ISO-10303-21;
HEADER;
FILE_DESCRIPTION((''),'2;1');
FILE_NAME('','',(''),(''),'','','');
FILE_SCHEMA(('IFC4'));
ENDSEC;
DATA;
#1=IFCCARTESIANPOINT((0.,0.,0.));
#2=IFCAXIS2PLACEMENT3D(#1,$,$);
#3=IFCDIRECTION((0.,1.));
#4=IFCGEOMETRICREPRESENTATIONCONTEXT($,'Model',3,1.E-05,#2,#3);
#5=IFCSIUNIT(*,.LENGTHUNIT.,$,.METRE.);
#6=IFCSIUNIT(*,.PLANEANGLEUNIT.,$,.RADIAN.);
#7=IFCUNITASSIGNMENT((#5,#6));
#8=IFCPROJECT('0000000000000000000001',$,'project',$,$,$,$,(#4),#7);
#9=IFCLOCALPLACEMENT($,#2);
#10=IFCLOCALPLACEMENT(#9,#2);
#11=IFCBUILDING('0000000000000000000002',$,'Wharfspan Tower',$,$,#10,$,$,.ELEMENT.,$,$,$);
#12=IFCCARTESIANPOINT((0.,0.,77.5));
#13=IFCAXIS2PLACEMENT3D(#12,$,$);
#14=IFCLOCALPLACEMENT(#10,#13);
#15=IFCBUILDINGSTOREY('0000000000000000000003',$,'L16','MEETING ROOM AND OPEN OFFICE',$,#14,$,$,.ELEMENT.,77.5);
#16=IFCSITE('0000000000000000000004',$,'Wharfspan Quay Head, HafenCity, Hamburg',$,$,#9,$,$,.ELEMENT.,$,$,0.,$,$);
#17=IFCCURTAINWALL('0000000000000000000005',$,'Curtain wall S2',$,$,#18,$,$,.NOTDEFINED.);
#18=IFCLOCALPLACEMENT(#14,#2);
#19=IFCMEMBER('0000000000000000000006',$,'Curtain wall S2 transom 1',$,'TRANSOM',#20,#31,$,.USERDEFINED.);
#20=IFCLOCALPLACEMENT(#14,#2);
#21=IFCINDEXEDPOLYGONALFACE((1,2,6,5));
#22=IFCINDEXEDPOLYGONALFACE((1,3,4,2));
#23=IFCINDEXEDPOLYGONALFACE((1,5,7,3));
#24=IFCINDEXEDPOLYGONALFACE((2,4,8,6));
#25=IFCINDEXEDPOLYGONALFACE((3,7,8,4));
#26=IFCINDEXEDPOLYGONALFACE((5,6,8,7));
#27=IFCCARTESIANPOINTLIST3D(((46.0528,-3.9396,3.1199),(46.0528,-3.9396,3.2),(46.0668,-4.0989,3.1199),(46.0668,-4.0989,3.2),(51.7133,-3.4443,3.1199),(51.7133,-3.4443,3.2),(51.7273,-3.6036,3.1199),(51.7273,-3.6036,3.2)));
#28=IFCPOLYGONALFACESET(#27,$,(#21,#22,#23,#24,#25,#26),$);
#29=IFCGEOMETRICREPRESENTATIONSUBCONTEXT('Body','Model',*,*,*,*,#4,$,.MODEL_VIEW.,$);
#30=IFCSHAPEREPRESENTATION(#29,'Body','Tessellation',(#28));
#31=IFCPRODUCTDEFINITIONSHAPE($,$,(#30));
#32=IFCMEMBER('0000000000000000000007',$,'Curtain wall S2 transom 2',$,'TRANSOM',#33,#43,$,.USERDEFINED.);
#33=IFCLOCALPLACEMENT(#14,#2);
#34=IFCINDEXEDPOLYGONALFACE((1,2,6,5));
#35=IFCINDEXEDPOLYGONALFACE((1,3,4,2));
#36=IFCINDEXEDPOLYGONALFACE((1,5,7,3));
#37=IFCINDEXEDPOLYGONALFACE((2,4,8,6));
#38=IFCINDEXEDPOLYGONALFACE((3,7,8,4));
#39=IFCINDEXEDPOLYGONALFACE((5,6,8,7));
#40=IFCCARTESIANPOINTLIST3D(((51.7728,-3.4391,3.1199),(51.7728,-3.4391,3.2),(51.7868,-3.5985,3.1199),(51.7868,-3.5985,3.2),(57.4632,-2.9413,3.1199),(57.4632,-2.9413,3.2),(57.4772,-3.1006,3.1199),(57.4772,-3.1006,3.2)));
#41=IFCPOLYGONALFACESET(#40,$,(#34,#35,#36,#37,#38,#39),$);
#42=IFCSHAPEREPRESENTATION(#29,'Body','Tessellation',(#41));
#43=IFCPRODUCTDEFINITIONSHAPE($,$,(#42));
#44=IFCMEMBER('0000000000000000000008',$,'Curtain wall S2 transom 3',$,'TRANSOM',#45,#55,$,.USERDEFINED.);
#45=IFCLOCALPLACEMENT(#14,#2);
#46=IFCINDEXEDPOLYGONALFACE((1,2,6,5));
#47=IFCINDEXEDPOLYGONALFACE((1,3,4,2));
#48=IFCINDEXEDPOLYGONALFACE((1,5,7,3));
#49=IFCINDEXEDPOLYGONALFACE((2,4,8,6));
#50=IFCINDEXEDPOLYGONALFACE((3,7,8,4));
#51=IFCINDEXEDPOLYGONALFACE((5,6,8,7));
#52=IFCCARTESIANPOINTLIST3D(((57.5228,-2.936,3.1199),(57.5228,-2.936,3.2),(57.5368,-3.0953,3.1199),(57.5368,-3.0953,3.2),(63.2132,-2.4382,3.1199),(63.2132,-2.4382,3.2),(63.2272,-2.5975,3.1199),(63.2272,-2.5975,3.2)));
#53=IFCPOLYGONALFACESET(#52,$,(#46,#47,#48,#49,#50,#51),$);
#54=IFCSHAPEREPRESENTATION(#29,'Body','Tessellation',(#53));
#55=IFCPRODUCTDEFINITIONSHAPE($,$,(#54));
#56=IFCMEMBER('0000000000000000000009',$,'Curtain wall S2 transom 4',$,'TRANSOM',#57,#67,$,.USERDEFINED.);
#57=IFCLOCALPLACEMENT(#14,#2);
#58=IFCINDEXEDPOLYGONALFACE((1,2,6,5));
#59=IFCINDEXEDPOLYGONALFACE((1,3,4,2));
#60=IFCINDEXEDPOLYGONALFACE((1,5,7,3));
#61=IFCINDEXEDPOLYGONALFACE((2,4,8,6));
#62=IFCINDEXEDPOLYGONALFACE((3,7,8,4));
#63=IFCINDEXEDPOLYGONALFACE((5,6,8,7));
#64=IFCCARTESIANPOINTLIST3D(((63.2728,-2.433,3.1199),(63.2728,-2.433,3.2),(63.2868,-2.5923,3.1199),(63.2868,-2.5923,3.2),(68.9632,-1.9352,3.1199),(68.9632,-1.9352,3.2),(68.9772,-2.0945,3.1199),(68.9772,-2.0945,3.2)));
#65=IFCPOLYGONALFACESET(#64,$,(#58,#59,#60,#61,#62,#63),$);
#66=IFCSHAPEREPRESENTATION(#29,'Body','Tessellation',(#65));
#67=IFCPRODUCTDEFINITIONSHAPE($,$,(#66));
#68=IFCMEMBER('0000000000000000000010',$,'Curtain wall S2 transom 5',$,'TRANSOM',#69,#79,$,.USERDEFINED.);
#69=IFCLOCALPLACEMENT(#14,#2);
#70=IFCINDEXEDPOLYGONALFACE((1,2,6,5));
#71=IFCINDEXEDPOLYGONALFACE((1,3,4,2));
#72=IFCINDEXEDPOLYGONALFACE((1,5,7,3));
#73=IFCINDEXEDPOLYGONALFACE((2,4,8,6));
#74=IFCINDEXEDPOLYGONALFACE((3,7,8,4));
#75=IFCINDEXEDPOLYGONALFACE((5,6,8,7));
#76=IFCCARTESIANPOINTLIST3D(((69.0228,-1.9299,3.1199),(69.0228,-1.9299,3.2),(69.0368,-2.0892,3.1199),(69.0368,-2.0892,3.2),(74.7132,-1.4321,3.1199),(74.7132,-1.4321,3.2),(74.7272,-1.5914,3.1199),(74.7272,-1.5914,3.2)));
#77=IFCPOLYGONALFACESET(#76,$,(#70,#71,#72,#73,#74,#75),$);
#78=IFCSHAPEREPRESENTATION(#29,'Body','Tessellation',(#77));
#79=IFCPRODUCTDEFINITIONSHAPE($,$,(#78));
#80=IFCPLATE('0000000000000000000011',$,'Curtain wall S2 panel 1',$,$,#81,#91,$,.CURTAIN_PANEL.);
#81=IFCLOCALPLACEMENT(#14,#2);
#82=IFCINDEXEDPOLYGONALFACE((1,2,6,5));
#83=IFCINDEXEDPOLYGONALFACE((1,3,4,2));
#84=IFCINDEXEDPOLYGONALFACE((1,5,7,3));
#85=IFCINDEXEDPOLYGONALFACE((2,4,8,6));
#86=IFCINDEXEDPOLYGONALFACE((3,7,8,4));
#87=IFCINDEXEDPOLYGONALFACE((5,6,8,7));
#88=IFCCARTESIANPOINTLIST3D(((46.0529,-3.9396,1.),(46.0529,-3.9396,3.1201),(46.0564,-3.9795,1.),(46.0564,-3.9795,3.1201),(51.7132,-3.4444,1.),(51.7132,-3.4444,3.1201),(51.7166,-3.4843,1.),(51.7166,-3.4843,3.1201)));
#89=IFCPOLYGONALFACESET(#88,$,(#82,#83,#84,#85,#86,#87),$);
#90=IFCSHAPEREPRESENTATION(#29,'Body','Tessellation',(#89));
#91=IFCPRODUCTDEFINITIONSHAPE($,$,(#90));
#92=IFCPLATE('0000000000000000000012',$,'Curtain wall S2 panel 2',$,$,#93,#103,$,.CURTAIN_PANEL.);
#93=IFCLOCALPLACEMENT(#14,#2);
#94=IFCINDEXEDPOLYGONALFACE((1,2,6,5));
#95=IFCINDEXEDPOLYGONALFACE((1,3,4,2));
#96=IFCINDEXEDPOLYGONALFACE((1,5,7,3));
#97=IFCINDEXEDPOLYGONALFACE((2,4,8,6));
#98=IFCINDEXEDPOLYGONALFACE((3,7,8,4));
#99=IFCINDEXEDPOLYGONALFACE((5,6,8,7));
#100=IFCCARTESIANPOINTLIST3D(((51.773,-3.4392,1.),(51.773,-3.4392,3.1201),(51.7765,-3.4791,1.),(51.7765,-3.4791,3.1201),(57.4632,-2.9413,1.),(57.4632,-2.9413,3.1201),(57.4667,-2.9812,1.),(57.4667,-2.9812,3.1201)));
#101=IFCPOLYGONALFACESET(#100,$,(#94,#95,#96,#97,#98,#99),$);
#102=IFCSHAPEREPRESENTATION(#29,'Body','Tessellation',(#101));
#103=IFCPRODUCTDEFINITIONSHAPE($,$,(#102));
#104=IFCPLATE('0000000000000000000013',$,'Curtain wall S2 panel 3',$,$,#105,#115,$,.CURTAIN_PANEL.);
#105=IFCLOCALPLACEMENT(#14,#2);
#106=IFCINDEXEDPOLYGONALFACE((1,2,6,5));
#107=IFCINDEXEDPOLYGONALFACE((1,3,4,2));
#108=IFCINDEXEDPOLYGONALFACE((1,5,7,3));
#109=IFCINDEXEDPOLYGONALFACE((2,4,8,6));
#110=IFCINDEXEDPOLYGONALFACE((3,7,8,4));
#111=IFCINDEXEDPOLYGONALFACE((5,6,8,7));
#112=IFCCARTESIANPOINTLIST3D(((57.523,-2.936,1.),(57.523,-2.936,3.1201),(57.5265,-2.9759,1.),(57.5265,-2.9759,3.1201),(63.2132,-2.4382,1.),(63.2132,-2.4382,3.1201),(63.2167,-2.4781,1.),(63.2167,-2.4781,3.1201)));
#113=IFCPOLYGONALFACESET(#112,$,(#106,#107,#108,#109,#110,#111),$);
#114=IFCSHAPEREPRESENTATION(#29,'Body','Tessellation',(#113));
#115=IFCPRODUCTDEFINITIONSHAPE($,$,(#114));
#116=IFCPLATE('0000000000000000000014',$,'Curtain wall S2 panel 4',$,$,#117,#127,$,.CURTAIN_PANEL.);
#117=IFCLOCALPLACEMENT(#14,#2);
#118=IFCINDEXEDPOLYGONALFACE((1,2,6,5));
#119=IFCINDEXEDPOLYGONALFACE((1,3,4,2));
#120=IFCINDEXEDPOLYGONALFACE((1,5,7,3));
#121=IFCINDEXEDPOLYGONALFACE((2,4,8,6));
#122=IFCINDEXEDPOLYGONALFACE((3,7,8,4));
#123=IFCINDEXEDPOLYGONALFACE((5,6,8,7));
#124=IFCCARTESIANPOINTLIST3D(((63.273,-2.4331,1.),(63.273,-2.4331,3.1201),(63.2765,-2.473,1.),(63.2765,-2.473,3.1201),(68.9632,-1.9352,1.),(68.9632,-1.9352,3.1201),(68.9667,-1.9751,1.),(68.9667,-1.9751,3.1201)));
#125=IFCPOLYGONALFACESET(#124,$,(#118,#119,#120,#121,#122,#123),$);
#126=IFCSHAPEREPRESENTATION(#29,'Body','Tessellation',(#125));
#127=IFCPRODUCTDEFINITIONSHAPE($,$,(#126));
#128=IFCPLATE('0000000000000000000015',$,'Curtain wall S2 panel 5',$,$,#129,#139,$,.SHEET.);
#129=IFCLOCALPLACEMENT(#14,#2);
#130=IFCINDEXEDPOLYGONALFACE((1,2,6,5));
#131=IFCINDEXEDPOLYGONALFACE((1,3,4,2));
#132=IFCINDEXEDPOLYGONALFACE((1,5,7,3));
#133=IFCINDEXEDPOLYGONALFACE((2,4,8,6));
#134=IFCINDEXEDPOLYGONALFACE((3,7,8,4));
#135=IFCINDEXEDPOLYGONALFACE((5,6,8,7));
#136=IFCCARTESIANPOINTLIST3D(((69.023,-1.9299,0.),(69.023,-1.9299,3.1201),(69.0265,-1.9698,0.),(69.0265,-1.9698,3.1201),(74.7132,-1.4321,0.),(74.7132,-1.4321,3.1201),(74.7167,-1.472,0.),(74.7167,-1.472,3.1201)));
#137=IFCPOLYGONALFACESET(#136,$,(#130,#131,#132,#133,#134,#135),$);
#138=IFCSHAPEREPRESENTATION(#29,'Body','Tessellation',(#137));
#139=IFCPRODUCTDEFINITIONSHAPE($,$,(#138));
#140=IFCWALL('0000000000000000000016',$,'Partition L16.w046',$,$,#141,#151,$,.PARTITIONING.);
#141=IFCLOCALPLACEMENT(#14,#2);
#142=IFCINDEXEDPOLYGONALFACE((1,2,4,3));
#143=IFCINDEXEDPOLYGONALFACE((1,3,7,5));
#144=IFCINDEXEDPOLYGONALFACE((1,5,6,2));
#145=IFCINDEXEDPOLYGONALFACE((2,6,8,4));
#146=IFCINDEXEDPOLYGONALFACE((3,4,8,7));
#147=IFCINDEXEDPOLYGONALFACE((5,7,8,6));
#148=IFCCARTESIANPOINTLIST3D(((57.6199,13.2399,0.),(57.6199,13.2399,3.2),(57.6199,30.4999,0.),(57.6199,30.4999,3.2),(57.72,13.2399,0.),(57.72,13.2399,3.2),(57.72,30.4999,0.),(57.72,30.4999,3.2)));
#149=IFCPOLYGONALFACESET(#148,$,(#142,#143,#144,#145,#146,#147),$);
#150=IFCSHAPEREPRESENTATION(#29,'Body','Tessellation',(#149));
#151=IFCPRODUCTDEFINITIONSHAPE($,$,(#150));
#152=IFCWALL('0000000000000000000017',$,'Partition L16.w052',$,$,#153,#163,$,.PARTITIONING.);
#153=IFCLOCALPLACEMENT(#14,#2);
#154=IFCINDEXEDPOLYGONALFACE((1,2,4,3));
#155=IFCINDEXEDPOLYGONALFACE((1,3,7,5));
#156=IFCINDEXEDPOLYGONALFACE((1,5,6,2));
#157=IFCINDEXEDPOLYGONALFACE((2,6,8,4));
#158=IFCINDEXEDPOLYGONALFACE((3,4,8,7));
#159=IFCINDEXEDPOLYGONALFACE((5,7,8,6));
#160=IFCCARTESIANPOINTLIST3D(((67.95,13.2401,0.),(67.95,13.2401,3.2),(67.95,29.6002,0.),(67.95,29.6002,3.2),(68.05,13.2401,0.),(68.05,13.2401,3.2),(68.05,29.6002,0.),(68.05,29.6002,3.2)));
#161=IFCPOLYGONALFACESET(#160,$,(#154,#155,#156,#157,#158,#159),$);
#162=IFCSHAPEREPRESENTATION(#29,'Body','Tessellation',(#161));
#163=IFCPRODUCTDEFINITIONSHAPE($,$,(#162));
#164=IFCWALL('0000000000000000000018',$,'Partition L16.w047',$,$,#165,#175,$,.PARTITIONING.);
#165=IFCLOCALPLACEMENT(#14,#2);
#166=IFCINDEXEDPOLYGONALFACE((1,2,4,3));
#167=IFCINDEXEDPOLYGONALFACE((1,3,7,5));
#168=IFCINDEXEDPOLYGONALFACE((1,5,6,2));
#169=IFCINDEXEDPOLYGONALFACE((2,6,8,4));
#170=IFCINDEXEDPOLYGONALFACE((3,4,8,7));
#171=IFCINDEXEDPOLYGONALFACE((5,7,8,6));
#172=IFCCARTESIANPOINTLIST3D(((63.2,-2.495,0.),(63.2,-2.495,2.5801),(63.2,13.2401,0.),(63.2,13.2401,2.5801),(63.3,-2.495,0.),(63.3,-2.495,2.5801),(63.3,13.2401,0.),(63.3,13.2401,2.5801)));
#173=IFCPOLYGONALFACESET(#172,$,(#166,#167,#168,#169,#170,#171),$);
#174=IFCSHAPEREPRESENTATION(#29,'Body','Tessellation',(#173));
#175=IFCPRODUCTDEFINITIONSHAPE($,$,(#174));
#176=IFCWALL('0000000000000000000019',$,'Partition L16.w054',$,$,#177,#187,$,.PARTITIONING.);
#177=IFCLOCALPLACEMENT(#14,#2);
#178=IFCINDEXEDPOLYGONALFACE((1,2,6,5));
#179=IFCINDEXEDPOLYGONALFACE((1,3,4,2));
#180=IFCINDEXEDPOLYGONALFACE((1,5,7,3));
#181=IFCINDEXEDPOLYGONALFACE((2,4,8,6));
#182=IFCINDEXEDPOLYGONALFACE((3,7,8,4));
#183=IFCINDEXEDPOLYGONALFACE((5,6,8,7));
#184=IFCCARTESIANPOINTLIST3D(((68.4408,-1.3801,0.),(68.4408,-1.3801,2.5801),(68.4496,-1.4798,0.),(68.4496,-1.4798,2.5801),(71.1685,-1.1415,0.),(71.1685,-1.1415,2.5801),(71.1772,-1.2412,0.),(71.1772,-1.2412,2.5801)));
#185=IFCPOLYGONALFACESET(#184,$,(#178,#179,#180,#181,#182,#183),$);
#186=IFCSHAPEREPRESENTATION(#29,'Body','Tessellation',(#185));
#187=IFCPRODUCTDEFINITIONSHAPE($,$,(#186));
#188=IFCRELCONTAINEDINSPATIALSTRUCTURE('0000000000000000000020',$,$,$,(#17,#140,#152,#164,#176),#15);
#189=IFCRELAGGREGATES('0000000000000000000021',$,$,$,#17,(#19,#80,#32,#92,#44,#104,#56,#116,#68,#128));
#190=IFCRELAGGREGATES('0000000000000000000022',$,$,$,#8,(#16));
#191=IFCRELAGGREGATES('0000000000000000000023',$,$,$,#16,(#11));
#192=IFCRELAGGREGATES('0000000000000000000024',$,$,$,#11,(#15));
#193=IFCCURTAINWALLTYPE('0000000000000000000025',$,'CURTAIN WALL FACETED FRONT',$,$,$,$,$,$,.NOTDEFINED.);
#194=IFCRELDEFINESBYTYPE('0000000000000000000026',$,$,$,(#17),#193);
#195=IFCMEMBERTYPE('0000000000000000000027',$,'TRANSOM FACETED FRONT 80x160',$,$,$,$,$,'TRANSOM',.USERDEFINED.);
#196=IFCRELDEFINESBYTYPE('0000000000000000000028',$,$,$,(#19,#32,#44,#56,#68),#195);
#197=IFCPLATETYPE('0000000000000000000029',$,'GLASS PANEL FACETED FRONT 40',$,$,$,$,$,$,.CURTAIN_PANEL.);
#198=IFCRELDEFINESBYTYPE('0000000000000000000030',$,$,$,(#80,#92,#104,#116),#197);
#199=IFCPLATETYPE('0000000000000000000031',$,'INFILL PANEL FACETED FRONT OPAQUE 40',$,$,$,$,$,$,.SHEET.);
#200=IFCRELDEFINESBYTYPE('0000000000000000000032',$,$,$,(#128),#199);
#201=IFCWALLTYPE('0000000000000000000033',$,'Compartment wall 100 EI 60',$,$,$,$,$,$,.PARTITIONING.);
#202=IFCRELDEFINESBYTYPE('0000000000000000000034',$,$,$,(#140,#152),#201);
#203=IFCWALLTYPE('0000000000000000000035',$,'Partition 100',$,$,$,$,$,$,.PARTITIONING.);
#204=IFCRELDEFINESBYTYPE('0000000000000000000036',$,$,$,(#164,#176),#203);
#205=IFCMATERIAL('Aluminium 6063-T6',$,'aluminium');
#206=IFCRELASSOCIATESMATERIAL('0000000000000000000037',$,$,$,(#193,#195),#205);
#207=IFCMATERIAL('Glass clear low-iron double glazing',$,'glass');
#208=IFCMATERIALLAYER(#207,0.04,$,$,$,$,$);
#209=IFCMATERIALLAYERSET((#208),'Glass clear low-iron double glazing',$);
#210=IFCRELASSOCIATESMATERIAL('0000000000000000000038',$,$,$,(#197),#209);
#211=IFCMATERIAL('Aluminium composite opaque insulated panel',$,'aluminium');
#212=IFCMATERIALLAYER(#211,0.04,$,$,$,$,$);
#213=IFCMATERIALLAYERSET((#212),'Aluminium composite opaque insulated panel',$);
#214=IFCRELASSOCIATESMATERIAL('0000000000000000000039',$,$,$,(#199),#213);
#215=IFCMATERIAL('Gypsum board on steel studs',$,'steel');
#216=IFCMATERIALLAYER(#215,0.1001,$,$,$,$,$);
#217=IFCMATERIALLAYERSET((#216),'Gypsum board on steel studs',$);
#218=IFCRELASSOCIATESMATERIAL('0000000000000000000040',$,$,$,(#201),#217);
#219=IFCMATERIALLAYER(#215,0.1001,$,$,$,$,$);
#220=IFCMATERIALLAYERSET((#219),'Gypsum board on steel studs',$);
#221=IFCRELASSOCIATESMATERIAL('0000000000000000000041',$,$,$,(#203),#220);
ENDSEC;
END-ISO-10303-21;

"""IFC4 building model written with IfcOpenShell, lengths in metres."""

from ifc_helpers import new_model, si_unit, direction, frame, frame_2d, origin, origin_2d, place, context, subcontext, project, spatial, rectangle, extrude, material, layer, layer_set, material_profile, profile_set, type_object, element, aggregate, save


model = new_model("IFC4")

# Units and contexts
model_context = context("Model", 3, precision=1e-05, world=origin(), true_north=direction((0.0, 1.0)))
body_context = subcontext(model_context, "Body", "Model", "MODEL_VIEW")
ifc_project = project(units=[si_unit("LENGTHUNIT", "METRE"), si_unit("PLANEANGLEUNIT", "RADIAN")], contexts=[model_context])

# Site, building, storey
site_placement = place(None, origin())
site = spatial("IfcSite", under=ifc_project, at=site_placement, Name="Wharfspan Quay Head, HafenCity, Hamburg", CompositionType="ELEMENT", RefElevation=0.0)
building_placement = place(site_placement, origin())
building = spatial("IfcBuilding", under=site, at=building_placement, Name="Wharfspan Tower", CompositionType="ELEMENT")
storey_placement = place(building_placement, frame((0.0, 0.0, 77.5)))
storey = spatial("IfcBuildingStorey", under=building, at=storey_placement, Name="L16", Description="MEETING ROOM AND OPEN OFFICE", CompositionType="ELEMENT", Elevation=77.5)

# Curtain wall, members, plates
ifc_material_1 = material(Name="Aluminium 6063-T6", Category="aluminium")
curtain_wall_type = type_object("IfcCurtainWallType", Name="CURTAIN WALL FACETED FRONT", PredefinedType="NOTDEFINED", material=ifc_material_1)
curtain_wall_placement = place(storey_placement, origin())
curtain_wall = element("IfcCurtainWall", 1, at=curtain_wall_placement, inside=storey, type_object=curtain_wall_type, Name="Curtain wall S2", PredefinedType="NOTDEFINED")
ifc_material_profile_1 = material_profile(ifc_material_1, rectangle(XDim=0.1599, YDim=0.0801, at=origin_2d()))
ifc_profile_set_1 = profile_set([ifc_material_profile_1], Name="Aluminium 6063-T6")
member_type_1 = type_object("IfcMemberType", Name="TRANSOM FACETED FRONT 80x160", ElementType="TRANSOM", PredefinedType="USERDEFINED", material=ifc_profile_set_1)
member_1_placement = place(storey_placement, frame((46.0598, -4.0193, 3.1599), z_axis=(0.996193, 0.08718, 0.0), x_axis=(-0.08718, 0.996193, 0.0)))
member_1 = element("IfcMember", 2, at=member_1_placement, type_object=member_type_1, Name="Curtain wall S2 transom 1", ObjectType="TRANSOM", PredefinedType="USERDEFINED", context=body_context, shape_type="SweptSolid", body=[
    extrude(rectangle(XDim=0.1599, YDim=0.0801, at=origin_2d()), origin(), (0.0, 0.0, 1.0), 5.6821),
])
member_2_placement = place(storey_placement, frame((51.7798, -3.5188, 3.1599), z_axis=(0.996195, 0.087148, 0.0), x_axis=(-0.087148, 0.996195, 0.0)))
member_2 = element("IfcMember", 3, at=member_2_placement, type_object=member_type_1, Name="Curtain wall S2 transom 2", ObjectType="TRANSOM", PredefinedType="USERDEFINED", context=body_context, shape_type="SweptSolid", body=[
    extrude(rectangle(XDim=0.1599, YDim=0.0801, at=origin_2d()), origin(), (0.0, 0.0, 1.0), 5.7122),
])
member_3_placement = place(storey_placement, frame((57.5298, -3.0156, 3.1599), z_axis=(0.996195, 0.087148, 0.0), x_axis=(-0.087148, 0.996195, 0.0)))
member_3 = element("IfcMember", 4, at=member_3_placement, type_object=member_type_1, Name="Curtain wall S2 transom 3", ObjectType="TRANSOM", PredefinedType="USERDEFINED", context=body_context, shape_type="SweptSolid", body=[
    extrude(rectangle(XDim=0.1599, YDim=0.0801, at=origin_2d()), origin(), (0.0, 0.0, 1.0), 5.7122),
])
member_4_placement = place(storey_placement, frame((63.2798, -2.5127, 3.1599), z_axis=(0.996195, 0.087148, 0.0), x_axis=(-0.087148, 0.996195, 0.0)))
member_4 = element("IfcMember", 5, at=member_4_placement, type_object=member_type_1, Name="Curtain wall S2 transom 4", ObjectType="TRANSOM", PredefinedType="USERDEFINED", context=body_context, shape_type="SweptSolid", body=[
    extrude(rectangle(XDim=0.1599, YDim=0.0801, at=origin_2d()), origin(), (0.0, 0.0, 1.0), 5.7122),
])
member_5_placement = place(storey_placement, frame((69.0298, -2.0095, 3.1599), z_axis=(0.996195, 0.087148, 0.0), x_axis=(-0.087148, 0.996195, 0.0)))
member_5 = element("IfcMember", 6, at=member_5_placement, type_object=member_type_1, Name="Curtain wall S2 transom 5", ObjectType="TRANSOM", PredefinedType="USERDEFINED", context=body_context, shape_type="SweptSolid", body=[
    extrude(rectangle(XDim=0.1599, YDim=0.0801, at=origin_2d()), origin(), (0.0, 0.0, 1.0), 5.7122),
])
ifc_material_2 = material(Name="Glass clear low-iron double glazing", Category="glass")
ifc_layer_1 = layer(ifc_material_2, 0.04)
ifc_layer_set_1 = layer_set([ifc_layer_1], Name="Glass clear low-iron double glazing")
plate_type_1 = type_object("IfcPlateType", Name="GLASS PANEL FACETED FRONT 40", PredefinedType="CURTAIN_PANEL", material=ifc_layer_set_1)
plate_1_placement = place(storey_placement, frame((48.8848, -3.7119, 1.0), z_axis=(0.0, 0.0, 1.0), x_axis=(0.996197, 0.087156, 0.0)))
plate_1 = element("IfcPlate", 7, at=plate_1_placement, type_object=plate_type_1, Name="Curtain wall S2 panel 1", PredefinedType="CURTAIN_PANEL", context=body_context, shape_type="SweptSolid", body=[
    extrude(rectangle(XDim=5.6819, YDim=0.04, at=origin_2d()), origin(), (0.0, 0.0, 1.0), 2.1201),
])
plate_2_placement = place(storey_placement, frame((54.6199, -3.2102, 1.0), z_axis=(0.0, 0.0, 1.0), x_axis=(0.996197, 0.087156, 0.0)))
plate_2 = element("IfcPlate", 8, at=plate_2_placement, type_object=plate_type_1, Name="Curtain wall S2 panel 2", PredefinedType="CURTAIN_PANEL", context=body_context, shape_type="SweptSolid", body=[
    extrude(rectangle(XDim=5.7119, YDim=0.04, at=origin_2d()), origin(), (0.0, 0.0, 1.0), 2.1201),
])
plate_3_placement = place(storey_placement, frame((60.3699, -2.707, 1.0), z_axis=(0.0, 0.0, 1.0), x_axis=(0.996197, 0.087156, 0.0)))
plate_3 = element("IfcPlate", 9, at=plate_3_placement, type_object=plate_type_1, Name="Curtain wall S2 panel 3", PredefinedType="CURTAIN_PANEL", context=body_context, shape_type="SweptSolid", body=[
    extrude(rectangle(XDim=5.7119, YDim=0.04, at=origin_2d()), origin(), (0.0, 0.0, 1.0), 2.1201),
])
plate_4_placement = place(storey_placement, frame((66.1199, -2.2041, 1.0), z_axis=(0.0, 0.0, 1.0), x_axis=(0.996197, 0.087156, 0.0)))
plate_4 = element("IfcPlate", 10, at=plate_4_placement, type_object=plate_type_1, Name="Curtain wall S2 panel 4", PredefinedType="CURTAIN_PANEL", context=body_context, shape_type="SweptSolid", body=[
    extrude(rectangle(XDim=5.7119, YDim=0.04, at=origin_2d()), origin(), (0.0, 0.0, 1.0), 2.1201),
])
ifc_material_3 = material(Name="Aluminium composite opaque insulated panel", Category="aluminium")
ifc_layer_2 = layer(ifc_material_3, 0.04)
ifc_layer_set_2 = layer_set([ifc_layer_2], Name="Aluminium composite opaque insulated panel")
plate_type_2 = type_object("IfcPlateType", Name="INFILL PANEL FACETED FRONT OPAQUE 40", PredefinedType="SHEET", material=ifc_layer_set_2)
plate_5_placement = place(storey_placement, frame((71.8699, -1.7009, 0.0), z_axis=(0.0, 0.0, 1.0), x_axis=(0.996197, 0.087156, 0.0)))
plate_5 = element("IfcPlate", 11, at=plate_5_placement, type_object=plate_type_2, Name="Curtain wall S2 panel 5", PredefinedType="SHEET", context=body_context, shape_type="SweptSolid", body=[
    extrude(rectangle(XDim=5.7119, YDim=0.04, at=origin_2d()), origin(), (0.0, 0.0, 1.0), 3.1201),
])
aggregate(curtain_wall, [member_1, plate_1, member_2, plate_2, member_3, plate_3, member_4, plate_4, member_5, plate_5])

# Walls
ifc_material_4 = material(Name="Gypsum board on steel studs", Category="steel")
ifc_layer_3 = layer(ifc_material_4, 0.1001)
ifc_layer_set_3 = layer_set([ifc_layer_3], Name="Gypsum board on steel studs")
wall_type_1 = type_object("IfcWallType", Name="Compartment wall 100 EI 60", PredefinedType="PARTITIONING", material=ifc_layer_set_3)
wall_1_placement = place(storey_placement, frame((57.6699, 13.24, 0.0), z_axis=(0.0, 0.0, 1.0), x_axis=(0.0, 1.0, 0.0)))
element("IfcWall", 12, at=wall_1_placement, inside=storey, type_object=wall_type_1, Name="Partition L16.w046", PredefinedType="PARTITIONING", context=body_context, shape_type="SweptSolid", body=[
    extrude(rectangle(XDim=17.26, YDim=0.1001, at=frame_2d((8.6299, 0.0))), origin(), (0.0, 0.0, 1.0), 3.2),
])
wall_2_placement = place(storey_placement, frame((68.0, 13.24, 0.0), z_axis=(0.0, 0.0, 1.0), x_axis=(0.0, 1.0, 0.0)))
element("IfcWall", 13, at=wall_2_placement, inside=storey, type_object=wall_type_1, Name="Partition L16.w052", PredefinedType="PARTITIONING", context=body_context, shape_type="SweptSolid", body=[
    extrude(rectangle(XDim=16.3601, YDim=0.1001, at=frame_2d((8.1802, 0.0))), origin(), (0.0, 0.0, 1.0), 3.2),
])
ifc_layer_4 = layer(ifc_material_4, 0.1001)
ifc_layer_set_4 = layer_set([ifc_layer_4], Name="Gypsum board on steel studs")
wall_type_2 = type_object("IfcWallType", Name="Partition 100", PredefinedType="PARTITIONING", material=ifc_layer_set_4)
wall_3_placement = place(storey_placement, frame((63.25, -2.4951, 0.0), z_axis=(0.0, 0.0, 1.0), x_axis=(0.0, 1.0, 0.0)))
element("IfcWall", 14, at=wall_3_placement, inside=storey, type_object=wall_type_2, Name="Partition L16.w047", PredefinedType="PARTITIONING", context=body_context, shape_type="SweptSolid", body=[
    extrude(rectangle(XDim=15.7351, YDim=0.1001, at=frame_2d((7.8677, 0.0))), origin(), (0.0, 0.0, 1.0), 2.5801),
])
wall_4_placement = place(storey_placement, frame((68.4451, -1.4299, 0.0), z_axis=(0.0, 0.0, 1.0), x_axis=(0.996195, 0.087118, 0.0)))
element("IfcWall", 15, at=wall_4_placement, inside=storey, type_object=wall_type_2, Name="Partition L16.w054", PredefinedType="PARTITIONING", context=body_context, shape_type="SweptSolid", body=[
    extrude(rectangle(XDim=2.738, YDim=0.1001, at=frame_2d((1.3691, 0.0))), origin(), (0.0, 0.0, 1.0), 2.5801),
])

save(model, "model.ifc")
